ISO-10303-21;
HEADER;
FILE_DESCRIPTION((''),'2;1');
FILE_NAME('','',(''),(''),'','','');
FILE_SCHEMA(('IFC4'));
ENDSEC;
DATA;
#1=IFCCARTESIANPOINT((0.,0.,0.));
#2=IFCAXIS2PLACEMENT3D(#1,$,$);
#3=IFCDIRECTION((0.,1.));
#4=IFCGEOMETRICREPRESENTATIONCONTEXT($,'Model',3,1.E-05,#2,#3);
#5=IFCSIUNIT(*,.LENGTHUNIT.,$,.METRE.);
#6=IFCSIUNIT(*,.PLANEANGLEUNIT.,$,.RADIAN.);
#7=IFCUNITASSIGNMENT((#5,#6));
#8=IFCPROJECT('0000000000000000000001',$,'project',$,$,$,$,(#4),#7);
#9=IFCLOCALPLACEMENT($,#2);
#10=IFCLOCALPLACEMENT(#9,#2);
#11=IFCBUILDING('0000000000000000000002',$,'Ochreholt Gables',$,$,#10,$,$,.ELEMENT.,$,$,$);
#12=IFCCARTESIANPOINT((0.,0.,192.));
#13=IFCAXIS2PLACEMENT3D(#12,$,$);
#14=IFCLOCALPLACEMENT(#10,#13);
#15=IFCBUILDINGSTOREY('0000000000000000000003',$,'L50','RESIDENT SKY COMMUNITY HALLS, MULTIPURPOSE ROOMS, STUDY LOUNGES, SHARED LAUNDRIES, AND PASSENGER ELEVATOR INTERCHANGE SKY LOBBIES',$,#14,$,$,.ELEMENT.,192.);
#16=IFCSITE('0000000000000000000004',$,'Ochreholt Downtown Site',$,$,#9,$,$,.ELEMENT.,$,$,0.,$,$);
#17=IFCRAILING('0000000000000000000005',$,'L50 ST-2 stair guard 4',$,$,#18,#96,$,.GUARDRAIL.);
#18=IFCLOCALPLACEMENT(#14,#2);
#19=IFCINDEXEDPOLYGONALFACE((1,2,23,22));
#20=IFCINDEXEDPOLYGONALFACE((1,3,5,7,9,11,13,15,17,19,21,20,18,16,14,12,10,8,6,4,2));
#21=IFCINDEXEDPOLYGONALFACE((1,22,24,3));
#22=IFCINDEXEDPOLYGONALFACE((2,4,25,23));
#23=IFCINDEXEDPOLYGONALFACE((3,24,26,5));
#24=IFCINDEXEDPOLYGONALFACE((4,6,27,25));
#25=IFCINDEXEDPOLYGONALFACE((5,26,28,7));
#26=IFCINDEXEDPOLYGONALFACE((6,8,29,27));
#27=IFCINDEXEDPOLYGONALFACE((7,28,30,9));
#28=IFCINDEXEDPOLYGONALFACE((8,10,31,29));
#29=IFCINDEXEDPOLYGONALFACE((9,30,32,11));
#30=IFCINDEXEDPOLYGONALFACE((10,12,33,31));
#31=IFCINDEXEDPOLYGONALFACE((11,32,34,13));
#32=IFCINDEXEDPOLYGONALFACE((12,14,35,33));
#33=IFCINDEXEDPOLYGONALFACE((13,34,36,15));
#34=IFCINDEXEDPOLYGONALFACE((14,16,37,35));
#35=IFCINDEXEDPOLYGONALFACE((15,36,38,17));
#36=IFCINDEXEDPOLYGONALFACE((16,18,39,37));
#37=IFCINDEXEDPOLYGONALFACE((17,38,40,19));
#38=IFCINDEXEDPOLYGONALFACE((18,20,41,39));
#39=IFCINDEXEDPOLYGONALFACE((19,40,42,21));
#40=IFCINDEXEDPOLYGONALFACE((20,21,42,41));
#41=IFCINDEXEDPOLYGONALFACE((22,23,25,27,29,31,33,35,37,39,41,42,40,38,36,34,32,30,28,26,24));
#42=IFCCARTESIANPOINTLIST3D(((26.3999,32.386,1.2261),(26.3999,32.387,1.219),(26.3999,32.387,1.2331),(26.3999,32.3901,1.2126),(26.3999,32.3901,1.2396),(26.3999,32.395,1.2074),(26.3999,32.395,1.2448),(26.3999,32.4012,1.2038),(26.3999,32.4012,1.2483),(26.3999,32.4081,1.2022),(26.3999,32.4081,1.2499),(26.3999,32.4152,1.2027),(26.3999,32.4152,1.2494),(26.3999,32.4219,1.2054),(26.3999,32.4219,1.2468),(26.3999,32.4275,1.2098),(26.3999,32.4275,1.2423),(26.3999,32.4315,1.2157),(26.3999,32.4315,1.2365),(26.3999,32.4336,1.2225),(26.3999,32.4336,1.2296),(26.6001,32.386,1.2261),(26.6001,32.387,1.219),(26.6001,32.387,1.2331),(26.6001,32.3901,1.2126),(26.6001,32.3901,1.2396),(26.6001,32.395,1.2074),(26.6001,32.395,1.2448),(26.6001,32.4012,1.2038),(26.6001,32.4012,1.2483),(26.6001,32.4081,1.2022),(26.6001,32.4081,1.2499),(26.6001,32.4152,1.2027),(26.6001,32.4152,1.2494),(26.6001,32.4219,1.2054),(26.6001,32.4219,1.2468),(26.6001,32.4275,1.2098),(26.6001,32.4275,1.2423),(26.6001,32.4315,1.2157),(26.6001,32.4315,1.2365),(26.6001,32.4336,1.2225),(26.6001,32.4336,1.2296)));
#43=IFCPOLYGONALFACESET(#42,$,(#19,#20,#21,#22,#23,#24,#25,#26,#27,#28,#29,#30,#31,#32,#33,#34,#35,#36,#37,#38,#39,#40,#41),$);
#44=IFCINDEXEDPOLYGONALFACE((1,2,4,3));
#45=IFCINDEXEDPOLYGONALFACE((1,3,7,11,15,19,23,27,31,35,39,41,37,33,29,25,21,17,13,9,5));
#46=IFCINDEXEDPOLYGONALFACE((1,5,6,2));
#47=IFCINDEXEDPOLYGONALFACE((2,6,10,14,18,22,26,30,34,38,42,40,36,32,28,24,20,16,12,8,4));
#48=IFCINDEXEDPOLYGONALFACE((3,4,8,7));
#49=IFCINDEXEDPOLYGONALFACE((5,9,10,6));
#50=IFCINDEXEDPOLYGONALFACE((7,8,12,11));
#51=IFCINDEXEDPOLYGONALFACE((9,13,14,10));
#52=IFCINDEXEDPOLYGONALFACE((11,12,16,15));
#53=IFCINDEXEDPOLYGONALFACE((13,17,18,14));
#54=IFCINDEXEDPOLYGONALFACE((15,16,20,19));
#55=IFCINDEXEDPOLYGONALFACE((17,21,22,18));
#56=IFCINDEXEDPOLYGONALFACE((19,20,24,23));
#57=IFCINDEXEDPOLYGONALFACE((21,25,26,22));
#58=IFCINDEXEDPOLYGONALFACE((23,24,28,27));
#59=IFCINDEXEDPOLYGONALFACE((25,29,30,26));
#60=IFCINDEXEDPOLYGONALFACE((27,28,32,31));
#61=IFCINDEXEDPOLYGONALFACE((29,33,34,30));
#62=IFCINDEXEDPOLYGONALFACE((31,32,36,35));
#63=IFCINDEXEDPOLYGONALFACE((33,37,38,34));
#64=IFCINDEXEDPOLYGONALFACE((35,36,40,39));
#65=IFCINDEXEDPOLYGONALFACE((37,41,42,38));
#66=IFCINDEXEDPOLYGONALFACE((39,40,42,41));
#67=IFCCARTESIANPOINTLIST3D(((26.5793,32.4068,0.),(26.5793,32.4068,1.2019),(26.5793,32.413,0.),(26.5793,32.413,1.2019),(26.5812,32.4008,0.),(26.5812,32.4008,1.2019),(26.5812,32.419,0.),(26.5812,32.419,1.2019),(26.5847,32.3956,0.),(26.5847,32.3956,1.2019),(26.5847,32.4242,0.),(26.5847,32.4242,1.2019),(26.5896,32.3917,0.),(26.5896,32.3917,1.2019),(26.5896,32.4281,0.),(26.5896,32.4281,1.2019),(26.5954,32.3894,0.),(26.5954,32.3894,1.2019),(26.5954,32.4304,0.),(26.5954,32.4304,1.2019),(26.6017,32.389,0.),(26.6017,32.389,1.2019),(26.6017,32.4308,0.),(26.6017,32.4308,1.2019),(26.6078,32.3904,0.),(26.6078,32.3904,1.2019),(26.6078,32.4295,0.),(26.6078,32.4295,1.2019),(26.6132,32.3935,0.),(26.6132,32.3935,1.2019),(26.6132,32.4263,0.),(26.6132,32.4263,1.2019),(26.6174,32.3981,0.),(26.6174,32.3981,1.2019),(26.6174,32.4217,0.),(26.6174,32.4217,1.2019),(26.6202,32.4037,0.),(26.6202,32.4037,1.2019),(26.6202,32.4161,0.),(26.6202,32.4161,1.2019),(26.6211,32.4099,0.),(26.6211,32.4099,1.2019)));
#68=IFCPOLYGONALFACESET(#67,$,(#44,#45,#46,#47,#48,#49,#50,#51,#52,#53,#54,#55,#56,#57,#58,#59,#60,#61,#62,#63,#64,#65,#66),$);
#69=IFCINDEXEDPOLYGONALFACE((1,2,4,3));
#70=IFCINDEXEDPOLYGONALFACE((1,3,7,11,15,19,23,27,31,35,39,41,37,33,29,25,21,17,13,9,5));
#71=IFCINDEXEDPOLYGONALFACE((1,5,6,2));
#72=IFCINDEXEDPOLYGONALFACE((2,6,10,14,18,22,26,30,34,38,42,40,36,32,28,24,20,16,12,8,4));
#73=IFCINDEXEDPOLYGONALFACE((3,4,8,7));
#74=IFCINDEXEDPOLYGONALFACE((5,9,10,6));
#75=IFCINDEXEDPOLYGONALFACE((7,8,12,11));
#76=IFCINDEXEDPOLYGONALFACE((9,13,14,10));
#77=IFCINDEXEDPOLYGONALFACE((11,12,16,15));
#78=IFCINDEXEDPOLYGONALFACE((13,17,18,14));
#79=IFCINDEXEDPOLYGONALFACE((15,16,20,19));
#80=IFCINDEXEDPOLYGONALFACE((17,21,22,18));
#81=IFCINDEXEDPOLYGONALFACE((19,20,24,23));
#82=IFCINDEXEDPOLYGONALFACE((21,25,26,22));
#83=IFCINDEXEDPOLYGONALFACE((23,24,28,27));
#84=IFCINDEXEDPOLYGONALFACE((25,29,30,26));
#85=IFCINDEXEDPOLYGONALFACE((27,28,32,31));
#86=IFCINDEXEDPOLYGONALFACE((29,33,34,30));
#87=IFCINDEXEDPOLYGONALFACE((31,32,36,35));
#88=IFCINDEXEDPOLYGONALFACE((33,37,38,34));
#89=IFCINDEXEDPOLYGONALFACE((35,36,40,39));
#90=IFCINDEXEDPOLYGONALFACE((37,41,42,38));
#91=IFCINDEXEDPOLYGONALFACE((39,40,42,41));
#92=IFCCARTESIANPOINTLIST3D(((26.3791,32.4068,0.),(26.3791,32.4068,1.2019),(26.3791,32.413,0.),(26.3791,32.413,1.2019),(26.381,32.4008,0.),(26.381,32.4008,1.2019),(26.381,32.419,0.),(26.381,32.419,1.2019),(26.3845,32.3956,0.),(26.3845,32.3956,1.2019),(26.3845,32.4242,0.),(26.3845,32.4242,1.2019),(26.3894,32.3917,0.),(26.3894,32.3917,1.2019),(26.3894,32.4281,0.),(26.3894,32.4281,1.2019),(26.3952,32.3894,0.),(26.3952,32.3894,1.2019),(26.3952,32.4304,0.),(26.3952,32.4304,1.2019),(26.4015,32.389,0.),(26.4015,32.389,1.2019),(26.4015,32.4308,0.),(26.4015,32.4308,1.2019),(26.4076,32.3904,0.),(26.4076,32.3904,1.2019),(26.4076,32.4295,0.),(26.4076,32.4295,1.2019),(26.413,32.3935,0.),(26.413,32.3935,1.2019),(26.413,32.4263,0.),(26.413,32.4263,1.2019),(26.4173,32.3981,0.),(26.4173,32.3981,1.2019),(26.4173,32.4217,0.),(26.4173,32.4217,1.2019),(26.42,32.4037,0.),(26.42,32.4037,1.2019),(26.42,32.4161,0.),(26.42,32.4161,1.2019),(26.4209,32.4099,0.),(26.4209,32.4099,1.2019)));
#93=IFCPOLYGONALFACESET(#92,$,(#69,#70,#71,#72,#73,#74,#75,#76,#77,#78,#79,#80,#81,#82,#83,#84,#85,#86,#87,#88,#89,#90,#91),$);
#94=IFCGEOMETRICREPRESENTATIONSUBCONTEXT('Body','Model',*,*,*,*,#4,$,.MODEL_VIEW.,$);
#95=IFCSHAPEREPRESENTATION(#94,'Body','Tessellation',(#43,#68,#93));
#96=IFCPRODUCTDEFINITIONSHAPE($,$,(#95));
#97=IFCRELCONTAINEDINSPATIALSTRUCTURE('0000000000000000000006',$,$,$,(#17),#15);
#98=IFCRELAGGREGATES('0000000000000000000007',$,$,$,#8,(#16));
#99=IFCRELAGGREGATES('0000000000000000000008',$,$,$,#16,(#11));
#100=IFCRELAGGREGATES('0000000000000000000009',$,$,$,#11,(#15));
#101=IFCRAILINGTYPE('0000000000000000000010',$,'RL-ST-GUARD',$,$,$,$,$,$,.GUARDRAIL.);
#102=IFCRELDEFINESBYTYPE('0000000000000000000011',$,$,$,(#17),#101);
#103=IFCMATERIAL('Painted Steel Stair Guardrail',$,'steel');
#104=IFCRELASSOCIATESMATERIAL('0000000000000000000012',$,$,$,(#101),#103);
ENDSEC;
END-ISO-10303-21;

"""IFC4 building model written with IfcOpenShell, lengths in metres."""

from ifc_helpers import new_model, si_unit, direction, frame, origin, origin_2d, place, context, subcontext, project, spatial, circle, extrude, material, type_object, element, save


model = new_model("IFC4")

# Units and contexts
model_context = context("Model", 3, precision=1e-05, world=origin(), true_north=direction((0.0, 1.0)))
body_context = subcontext(model_context, "Body", "Model", "MODEL_VIEW")
ifc_project = project(units=[si_unit("LENGTHUNIT", "METRE"), si_unit("PLANEANGLEUNIT", "RADIAN")], contexts=[model_context])

# Site, building, storey
site_placement = place(None, origin())
site = spatial("IfcSite", under=ifc_project, at=site_placement, Name="Ochreholt Downtown Site", CompositionType="ELEMENT", RefElevation=0.0)
building_placement = place(site_placement, origin())
building = spatial("IfcBuilding", under=site, at=building_placement, Name="Ochreholt Gables", CompositionType="ELEMENT")
storey_placement = place(building_placement, frame((0.0, 0.0, 192.0)))
storey = spatial("IfcBuildingStorey", under=building, at=storey_placement, Name="L50", Description="RESIDENT SKY COMMUNITY HALLS, MULTIPURPOSE ROOMS, STUDY LOUNGES, SHARED LAUNDRIES, AND PASSENGER ELEVATOR INTERCHANGE SKY LOBBIES", CompositionType="ELEMENT", Elevation=192.0)

# Railing
ifc_material_1 = material(Name="Painted Steel Stair Guardrail", Category="steel")
railing_type_1 = type_object("IfcRailingType", Name="RL-ST-GUARD", PredefinedType="GUARDRAIL", material=ifc_material_1)
railing_1_placement = place(storey_placement, frame((26.6001, 32.4099, 0.0)))
element("IfcRailing", 1, at=railing_1_placement, inside=storey, type_object=railing_type_1, Name="L50 ST-2 stair guard 4", PredefinedType="GUARDRAIL", context=body_context, shape_type="SweptSolid", body=[
    extrude(circle(Radius=0.0239, at=origin_2d()), frame((0.0, 0.0, 1.2261), z_axis=(-1.0, 0.0, 0.0), x_axis=(0.0, -1.0, 0.0)), (0.0, 0.0, 1.0), 0.2002),
    extrude(circle(Radius=0.021, at=origin_2d()), origin(), (0.0, 0.0, 1.0), 1.2019),
    extrude(circle(Radius=0.021, at=origin_2d()), frame((-0.2002, 0.0, 0.0)), (0.0, 0.0, 1.0), 1.2019),
])

save(model, "model.ifc")
